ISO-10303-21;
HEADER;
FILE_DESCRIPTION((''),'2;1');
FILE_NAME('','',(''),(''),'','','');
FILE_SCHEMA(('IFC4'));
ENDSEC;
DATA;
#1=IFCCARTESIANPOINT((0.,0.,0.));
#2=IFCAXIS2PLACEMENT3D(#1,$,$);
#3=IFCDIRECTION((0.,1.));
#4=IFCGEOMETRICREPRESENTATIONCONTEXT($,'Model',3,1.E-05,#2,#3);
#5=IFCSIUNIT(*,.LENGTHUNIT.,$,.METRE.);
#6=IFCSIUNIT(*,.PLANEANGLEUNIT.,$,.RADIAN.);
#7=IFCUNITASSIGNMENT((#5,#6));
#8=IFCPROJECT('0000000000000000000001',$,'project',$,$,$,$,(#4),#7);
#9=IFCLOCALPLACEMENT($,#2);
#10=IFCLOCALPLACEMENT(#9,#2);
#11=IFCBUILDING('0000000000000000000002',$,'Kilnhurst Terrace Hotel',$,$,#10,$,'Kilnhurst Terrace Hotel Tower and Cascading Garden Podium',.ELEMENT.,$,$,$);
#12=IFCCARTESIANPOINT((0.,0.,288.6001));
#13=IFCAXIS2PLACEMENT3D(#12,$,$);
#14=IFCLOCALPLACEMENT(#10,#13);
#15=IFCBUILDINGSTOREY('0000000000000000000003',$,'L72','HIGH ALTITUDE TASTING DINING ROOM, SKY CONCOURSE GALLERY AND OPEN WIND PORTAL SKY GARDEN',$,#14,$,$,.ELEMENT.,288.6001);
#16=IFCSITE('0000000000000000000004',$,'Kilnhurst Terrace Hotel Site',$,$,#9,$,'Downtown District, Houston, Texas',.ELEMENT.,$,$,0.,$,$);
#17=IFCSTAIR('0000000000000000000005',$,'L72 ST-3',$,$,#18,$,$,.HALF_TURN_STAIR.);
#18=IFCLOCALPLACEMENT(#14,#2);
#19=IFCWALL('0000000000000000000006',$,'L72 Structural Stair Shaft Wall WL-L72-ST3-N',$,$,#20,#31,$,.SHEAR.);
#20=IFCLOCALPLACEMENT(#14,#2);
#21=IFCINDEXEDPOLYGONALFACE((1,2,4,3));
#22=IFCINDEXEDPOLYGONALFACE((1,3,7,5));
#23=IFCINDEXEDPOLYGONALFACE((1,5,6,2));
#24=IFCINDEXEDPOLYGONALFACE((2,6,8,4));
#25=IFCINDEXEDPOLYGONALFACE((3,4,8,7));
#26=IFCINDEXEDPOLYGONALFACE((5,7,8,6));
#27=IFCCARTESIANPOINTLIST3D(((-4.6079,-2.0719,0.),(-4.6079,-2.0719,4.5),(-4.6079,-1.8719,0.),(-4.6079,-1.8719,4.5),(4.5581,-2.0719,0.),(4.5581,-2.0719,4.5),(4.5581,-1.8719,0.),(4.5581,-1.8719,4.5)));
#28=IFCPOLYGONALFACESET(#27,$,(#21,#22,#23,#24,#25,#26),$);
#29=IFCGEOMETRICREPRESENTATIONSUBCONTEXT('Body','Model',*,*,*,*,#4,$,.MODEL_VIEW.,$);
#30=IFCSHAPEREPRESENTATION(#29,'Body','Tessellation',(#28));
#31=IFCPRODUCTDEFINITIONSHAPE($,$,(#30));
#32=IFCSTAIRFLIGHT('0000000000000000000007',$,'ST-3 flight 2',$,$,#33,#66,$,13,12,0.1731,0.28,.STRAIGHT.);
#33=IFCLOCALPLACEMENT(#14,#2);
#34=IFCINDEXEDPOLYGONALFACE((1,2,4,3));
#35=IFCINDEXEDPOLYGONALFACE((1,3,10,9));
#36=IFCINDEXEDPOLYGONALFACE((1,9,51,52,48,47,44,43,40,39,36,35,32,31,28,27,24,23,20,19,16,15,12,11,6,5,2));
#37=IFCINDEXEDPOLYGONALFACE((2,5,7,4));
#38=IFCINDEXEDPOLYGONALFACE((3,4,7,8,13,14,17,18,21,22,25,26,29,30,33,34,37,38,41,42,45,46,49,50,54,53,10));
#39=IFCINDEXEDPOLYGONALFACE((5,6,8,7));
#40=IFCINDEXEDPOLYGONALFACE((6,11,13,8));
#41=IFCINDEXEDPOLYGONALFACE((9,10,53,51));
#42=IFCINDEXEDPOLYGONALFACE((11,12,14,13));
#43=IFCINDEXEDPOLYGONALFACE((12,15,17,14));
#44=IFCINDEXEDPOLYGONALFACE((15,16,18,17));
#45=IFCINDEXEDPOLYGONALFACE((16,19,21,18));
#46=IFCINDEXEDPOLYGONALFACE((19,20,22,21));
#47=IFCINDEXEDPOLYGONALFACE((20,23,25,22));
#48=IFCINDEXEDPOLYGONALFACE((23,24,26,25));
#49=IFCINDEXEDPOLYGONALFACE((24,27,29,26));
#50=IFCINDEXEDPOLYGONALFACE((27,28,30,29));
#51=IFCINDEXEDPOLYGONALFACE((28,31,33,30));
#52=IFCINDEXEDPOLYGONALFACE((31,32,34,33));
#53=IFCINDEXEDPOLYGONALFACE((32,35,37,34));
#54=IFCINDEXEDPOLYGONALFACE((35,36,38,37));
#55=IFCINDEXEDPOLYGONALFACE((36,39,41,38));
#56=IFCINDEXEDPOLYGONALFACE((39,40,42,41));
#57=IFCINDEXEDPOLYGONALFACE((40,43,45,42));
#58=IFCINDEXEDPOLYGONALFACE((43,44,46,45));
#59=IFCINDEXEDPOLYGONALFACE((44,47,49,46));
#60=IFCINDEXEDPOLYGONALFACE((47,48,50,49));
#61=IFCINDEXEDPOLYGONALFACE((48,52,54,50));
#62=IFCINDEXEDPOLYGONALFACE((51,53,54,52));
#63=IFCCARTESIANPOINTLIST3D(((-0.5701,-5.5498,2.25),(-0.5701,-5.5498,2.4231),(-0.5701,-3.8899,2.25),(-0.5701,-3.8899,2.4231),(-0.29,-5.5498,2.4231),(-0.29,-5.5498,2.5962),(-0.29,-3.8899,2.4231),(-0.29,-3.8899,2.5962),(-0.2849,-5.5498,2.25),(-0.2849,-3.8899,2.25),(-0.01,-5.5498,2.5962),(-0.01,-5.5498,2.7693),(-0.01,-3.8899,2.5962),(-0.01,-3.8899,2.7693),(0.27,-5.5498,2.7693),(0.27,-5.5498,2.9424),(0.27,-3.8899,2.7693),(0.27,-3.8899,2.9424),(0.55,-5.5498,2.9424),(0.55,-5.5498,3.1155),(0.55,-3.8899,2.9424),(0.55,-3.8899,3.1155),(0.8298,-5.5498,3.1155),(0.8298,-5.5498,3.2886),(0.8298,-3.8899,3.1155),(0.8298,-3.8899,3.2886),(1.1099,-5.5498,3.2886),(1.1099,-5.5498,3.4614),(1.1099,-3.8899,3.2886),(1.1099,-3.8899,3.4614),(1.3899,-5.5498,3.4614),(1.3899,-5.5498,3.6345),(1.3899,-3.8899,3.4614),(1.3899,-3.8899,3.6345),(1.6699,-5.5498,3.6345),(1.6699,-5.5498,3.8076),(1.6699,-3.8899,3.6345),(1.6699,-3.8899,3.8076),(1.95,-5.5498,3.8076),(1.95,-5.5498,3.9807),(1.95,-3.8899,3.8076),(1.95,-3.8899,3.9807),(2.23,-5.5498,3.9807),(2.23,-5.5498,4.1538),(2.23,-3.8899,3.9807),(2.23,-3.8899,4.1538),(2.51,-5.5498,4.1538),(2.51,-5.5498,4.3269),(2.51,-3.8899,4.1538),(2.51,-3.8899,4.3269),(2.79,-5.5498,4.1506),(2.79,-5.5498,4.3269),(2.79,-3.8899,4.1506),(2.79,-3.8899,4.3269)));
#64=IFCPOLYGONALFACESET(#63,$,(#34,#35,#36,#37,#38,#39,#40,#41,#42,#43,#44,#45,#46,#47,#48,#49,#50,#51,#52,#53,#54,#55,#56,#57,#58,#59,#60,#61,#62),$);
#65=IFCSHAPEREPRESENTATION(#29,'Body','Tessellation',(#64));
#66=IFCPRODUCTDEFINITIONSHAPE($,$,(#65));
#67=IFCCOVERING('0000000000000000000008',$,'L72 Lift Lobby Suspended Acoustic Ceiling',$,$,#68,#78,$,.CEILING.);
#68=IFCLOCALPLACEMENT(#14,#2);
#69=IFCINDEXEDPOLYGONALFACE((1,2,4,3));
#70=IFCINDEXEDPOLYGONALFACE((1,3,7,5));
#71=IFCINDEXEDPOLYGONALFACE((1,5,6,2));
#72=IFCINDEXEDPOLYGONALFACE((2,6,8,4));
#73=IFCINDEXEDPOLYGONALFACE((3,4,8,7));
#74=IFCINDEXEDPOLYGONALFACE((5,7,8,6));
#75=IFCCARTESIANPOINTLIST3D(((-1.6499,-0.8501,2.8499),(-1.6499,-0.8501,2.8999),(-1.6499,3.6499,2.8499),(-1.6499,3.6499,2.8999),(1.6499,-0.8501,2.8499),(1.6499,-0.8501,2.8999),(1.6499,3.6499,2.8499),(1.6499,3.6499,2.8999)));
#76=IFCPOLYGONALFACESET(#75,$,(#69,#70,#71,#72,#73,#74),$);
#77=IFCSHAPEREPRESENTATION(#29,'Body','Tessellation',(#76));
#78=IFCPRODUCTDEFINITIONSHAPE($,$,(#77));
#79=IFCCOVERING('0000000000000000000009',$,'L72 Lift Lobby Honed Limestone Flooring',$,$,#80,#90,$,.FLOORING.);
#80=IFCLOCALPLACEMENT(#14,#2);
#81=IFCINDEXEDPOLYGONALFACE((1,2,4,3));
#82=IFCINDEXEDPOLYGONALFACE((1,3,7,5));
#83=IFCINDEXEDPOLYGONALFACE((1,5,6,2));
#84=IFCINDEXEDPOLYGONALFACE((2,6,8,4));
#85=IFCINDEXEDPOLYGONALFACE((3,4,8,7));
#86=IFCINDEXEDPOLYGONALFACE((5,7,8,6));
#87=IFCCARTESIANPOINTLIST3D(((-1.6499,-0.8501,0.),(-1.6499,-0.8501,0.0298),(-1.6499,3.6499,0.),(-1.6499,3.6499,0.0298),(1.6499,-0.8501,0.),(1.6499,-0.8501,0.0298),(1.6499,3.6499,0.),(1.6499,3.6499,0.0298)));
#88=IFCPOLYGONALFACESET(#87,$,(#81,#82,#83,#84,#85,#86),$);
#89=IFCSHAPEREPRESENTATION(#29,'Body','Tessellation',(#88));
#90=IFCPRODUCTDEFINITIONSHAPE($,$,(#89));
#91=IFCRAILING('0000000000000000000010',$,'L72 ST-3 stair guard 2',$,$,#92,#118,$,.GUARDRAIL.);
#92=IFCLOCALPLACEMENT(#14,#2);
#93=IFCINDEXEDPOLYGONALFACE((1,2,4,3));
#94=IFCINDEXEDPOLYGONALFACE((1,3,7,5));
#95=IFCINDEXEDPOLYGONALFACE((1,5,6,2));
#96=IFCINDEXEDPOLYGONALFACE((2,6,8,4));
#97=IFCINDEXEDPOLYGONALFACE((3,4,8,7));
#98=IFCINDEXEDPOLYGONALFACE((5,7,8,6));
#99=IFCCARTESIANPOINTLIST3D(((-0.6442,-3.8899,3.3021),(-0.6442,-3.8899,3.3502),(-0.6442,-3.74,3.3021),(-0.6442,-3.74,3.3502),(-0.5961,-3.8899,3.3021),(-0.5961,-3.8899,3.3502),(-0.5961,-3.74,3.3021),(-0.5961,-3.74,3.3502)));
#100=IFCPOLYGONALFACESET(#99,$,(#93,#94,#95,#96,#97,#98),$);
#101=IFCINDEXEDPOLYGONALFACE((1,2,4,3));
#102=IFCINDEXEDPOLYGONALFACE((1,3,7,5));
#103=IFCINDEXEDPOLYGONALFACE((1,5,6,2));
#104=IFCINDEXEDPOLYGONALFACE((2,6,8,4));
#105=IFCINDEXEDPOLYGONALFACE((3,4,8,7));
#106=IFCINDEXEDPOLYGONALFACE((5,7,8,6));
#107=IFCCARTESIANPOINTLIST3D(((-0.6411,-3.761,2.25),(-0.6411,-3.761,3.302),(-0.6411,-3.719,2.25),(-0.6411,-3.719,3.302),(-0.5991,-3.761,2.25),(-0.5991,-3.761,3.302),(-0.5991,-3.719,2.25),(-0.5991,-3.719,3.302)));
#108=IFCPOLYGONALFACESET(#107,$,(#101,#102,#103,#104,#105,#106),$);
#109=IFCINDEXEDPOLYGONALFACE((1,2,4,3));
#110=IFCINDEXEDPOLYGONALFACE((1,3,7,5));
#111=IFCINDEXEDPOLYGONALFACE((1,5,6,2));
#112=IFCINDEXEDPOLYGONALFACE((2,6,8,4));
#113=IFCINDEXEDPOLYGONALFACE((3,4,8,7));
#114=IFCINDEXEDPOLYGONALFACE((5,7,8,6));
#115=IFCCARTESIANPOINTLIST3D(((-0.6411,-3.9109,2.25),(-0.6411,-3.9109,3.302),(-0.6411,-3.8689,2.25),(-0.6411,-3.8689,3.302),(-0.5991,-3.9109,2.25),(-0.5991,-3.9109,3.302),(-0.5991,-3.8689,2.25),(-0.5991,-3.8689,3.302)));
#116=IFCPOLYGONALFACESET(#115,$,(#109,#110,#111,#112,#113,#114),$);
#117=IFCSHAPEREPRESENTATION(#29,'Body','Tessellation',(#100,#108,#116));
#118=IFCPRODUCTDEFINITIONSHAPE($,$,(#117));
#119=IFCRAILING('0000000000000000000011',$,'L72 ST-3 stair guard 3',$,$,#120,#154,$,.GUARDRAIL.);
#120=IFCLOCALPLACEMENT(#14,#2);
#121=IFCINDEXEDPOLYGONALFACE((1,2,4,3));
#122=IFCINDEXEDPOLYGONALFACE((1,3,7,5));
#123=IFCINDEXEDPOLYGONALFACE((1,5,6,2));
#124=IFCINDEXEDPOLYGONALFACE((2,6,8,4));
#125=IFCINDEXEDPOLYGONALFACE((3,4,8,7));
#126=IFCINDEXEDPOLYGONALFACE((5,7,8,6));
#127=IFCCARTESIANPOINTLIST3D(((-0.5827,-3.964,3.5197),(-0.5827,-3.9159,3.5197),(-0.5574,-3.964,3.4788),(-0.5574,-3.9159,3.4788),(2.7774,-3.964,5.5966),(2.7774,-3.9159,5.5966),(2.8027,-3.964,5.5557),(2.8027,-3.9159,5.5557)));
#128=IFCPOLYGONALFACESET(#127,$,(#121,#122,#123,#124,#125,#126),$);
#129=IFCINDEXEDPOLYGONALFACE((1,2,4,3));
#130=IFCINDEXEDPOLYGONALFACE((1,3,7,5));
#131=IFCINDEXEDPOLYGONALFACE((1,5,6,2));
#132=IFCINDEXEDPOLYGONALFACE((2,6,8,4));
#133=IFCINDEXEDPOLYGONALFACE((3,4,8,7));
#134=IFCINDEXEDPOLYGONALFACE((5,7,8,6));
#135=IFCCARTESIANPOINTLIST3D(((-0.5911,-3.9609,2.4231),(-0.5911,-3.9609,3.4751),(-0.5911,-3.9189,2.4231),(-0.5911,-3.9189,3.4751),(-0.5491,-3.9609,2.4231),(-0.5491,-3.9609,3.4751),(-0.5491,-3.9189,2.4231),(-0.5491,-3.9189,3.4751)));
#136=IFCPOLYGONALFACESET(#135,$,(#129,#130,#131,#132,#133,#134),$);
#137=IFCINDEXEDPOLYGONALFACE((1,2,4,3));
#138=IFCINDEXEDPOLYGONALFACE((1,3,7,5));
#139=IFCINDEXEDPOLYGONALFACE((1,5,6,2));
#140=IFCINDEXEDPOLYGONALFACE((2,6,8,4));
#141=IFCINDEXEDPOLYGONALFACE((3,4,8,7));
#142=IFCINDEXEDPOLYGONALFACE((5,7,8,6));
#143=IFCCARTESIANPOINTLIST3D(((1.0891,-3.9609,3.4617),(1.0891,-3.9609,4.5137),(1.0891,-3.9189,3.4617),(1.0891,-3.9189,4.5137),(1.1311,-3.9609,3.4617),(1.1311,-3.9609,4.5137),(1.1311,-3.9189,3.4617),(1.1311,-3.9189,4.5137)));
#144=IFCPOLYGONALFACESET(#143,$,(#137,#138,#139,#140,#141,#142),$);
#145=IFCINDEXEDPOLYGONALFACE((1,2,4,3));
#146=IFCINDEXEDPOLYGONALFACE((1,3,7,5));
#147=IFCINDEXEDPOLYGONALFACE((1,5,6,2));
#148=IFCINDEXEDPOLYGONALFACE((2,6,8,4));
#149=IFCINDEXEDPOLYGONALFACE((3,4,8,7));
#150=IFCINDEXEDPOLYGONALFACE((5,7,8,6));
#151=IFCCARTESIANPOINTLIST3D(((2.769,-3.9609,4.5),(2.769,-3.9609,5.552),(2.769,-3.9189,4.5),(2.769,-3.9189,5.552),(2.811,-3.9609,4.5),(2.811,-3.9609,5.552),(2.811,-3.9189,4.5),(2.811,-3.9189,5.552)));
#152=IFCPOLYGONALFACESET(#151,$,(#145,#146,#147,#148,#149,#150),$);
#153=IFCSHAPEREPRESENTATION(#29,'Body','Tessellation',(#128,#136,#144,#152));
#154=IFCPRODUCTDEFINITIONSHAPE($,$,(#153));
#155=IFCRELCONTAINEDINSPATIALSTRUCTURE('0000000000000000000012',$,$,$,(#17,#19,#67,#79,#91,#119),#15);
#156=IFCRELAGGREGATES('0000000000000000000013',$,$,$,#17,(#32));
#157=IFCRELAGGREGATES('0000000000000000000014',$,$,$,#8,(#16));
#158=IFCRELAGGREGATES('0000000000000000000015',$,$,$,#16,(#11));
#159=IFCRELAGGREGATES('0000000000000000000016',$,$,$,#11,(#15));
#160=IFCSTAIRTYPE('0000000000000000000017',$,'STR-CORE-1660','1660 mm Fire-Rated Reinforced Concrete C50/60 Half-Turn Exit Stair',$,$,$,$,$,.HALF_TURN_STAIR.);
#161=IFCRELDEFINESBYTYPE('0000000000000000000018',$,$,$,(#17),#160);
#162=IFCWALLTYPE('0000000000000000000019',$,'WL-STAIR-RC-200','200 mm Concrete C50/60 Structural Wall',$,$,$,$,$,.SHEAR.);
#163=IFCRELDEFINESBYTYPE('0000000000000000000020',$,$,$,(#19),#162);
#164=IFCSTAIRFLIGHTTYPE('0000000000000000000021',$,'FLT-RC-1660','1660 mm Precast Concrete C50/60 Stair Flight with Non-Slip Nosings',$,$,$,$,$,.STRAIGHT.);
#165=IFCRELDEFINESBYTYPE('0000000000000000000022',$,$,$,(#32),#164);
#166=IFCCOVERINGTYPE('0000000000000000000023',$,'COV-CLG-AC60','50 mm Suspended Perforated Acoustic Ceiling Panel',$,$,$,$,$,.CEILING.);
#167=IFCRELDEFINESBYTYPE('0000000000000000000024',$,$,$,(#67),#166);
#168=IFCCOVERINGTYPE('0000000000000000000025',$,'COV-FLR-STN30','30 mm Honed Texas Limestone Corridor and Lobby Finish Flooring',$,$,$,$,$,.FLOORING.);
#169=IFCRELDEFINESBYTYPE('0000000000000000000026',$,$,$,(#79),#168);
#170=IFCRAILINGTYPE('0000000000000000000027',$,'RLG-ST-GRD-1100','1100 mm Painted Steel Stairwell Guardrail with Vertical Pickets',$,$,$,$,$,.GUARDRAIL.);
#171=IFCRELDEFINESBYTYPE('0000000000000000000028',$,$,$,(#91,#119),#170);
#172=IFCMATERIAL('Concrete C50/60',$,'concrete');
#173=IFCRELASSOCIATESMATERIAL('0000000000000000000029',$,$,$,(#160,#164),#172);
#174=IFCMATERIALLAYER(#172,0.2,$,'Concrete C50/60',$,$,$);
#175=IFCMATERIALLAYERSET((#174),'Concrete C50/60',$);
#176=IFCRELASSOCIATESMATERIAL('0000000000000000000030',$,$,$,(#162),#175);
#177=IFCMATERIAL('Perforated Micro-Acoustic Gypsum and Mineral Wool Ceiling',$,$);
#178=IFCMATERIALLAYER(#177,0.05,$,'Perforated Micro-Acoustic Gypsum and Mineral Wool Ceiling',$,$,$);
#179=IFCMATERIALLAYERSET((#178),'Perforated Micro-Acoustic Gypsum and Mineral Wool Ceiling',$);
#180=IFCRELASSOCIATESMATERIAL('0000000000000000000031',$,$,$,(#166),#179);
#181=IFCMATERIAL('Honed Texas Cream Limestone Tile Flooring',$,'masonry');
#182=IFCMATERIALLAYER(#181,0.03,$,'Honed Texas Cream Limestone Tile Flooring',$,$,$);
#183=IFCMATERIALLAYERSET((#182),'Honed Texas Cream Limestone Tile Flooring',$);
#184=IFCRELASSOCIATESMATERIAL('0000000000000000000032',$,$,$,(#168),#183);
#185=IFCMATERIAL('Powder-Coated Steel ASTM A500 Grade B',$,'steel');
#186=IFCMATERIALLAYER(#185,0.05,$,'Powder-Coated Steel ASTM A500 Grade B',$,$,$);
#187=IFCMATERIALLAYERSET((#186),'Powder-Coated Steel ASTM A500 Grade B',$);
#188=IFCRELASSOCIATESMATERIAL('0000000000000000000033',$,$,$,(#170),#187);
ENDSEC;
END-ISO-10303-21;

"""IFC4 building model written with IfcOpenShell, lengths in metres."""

from ifc_helpers import new_model, si_unit, direction, frame, frame_2d, origin, origin_2d, place, context, subcontext, project, spatial, polyline, rectangle, outline, extrude, material, layer, layer_set, type_object, element, aggregate, save


model = new_model("IFC4")

# Units and contexts
model_context = context("Model", 3, precision=1e-05, world=origin(), true_north=direction((0.0, 1.0)))
body_context = subcontext(model_context, "Body", "Model", "MODEL_VIEW")
ifc_project = project(units=[si_unit("LENGTHUNIT", "METRE"), si_unit("PLANEANGLEUNIT", "RADIAN")], contexts=[model_context])

# Site, building, storey
site_placement = place(None, origin())
site = spatial("IfcSite", under=ifc_project, at=site_placement, Name="Kilnhurst Terrace Hotel Site", LongName="Downtown District, Houston, Texas", CompositionType="ELEMENT", RefElevation=0.0)
building_placement = place(site_placement, origin())
building = spatial("IfcBuilding", under=site, at=building_placement, Name="Kilnhurst Terrace Hotel", LongName="Kilnhurst Terrace Hotel Tower and Cascading Garden Podium", CompositionType="ELEMENT")
storey_placement = place(building_placement, frame((0.0, 0.0, 288.6001)))
storey = spatial("IfcBuildingStorey", under=building, at=storey_placement, Name="L72", Description="HIGH ALTITUDE TASTING DINING ROOM, SKY CONCOURSE GALLERY AND OPEN WIND PORTAL SKY GARDEN", CompositionType="ELEMENT", Elevation=288.6001)

# Shared definitions
ifc_material_1 = material(Name="Concrete C50/60", Category="concrete")

# Stair
stair_type = type_object("IfcStairType", Name="STR-CORE-1660", Description="1660 mm Fire-Rated Reinforced Concrete C50/60 Half-Turn Exit Stair", PredefinedType="HALF_TURN_STAIR", material=ifc_material_1)
stair_1_placement = place(storey_placement, origin())
stair_1 = element("IfcStair", 1, at=stair_1_placement, inside=storey, type_object=stair_type, Name="L72 ST-3", PredefinedType="HALF_TURN_STAIR")

# Wall
ifc_layer_1 = layer(ifc_material_1, 0.2, Name="Concrete C50/60")
ifc_layer_set_1 = layer_set([ifc_layer_1], Name="Concrete C50/60")
wall_type_1 = type_object("IfcWallType", Name="WL-STAIR-RC-200", Description="200 mm Concrete C50/60 Structural Wall", PredefinedType="SHEAR", material=ifc_layer_set_1)
wall_1_placement = place(storey_placement, frame((-4.6079, -1.9719, 0.0), z_axis=(0.0, 0.0, 1.0), x_axis=(1.0, 0.0, 0.0)))
element("IfcWall", 2, at=wall_1_placement, inside=storey, type_object=wall_type_1, Name="L72 Structural Stair Shaft Wall WL-L72-ST3-N", PredefinedType="SHEAR", context=body_context, shape_type="SweptSolid", body=[
    extrude(rectangle(XDim=9.166, YDim=0.2, at=frame_2d((4.583, 0.0))), origin(), (0.0, 0.0, 1.0), 4.5),
])

# Stair flight
stair_flight_type = type_object("IfcStairFlightType", Name="FLT-RC-1660", Description="1660 mm Precast Concrete C50/60 Stair Flight with Non-Slip Nosings", PredefinedType="STRAIGHT", material=ifc_material_1)
stair_flight_placement = place(storey_placement, frame((-0.5701, -4.72, 2.25), z_axis=(0.0, 0.0, 1.0), x_axis=(1.0, 0.0, 0.0)))
stair_flight = element("IfcStairFlight", 3, at=stair_flight_placement, type_object=stair_flight_type, Name="ST-3 flight 2", NumberOfRisers=13, NumberOfTreads=12, PredefinedType="STRAIGHT", RiserHeight=0.1731, TreadLength=0.28, context=body_context, shape_type="SweptSolid", body=[
    extrude(outline(polyline([(0.0, 0.0), (0.0, 0.1731), (0.28, 0.1731), (0.28, 0.3462), (0.5601, 0.3462), (0.5601, 0.5193), (0.8401, 0.5193), (0.8401, 0.6924), (1.1201, 0.6924), (1.1201, 0.8655), (1.3999, 0.8655), (1.3999, 1.0386), (1.6799, 1.0386), (1.6799, 1.2114), (1.96, 1.2114), (1.96, 1.3845), (2.24, 1.3845), (2.24, 1.5576), (2.52, 1.5576), (2.52, 1.7307), (2.8, 1.7307), (2.8, 1.9038), (3.0801, 1.9038), (3.0801, 2.0769), (3.3601, 2.0769), (3.3601, 2.25), (3.3601, 1.9006), (0.2852, 0.0), (0.0, 0.0)])), frame((0.0, 0.8301, 0.0), z_axis=(0.0, -1.0, 0.0), x_axis=(1.0, 0.0, 0.0)), (0.0, 0.0, 1.0), 1.6599),
])
aggregate(stair_1, [stair_flight])

# Coverings
ifc_material_2 = material(Name="Perforated Micro-Acoustic Gypsum and Mineral Wool Ceiling")
ifc_layer_2 = layer(ifc_material_2, 0.05, Name="Perforated Micro-Acoustic Gypsum and Mineral Wool Ceiling")
ifc_layer_set_2 = layer_set([ifc_layer_2], Name="Perforated Micro-Acoustic Gypsum and Mineral Wool Ceiling")
covering_type_1 = type_object("IfcCoveringType", Name="COV-CLG-AC60", Description="50 mm Suspended Perforated Acoustic Ceiling Panel", PredefinedType="CEILING", material=ifc_layer_set_2)
covering_1_placement = place(storey_placement, frame((0.0, 0.0, 2.8499)))
element("IfcCovering", 4, at=covering_1_placement, inside=storey, type_object=covering_type_1, Name="L72 Lift Lobby Suspended Acoustic Ceiling", PredefinedType="CEILING", context=body_context, shape_type="SweptSolid", body=[
    extrude(outline(polyline([(-1.6499, -0.8501), (1.6499, -0.8501), (1.6499, 3.6499), (-1.6499, 3.6499), (-1.6499, -0.8501)])), origin(), (0.0, 0.0, 1.0), 0.05),
])
ifc_material_3 = material(Name="Honed Texas Cream Limestone Tile Flooring", Category="masonry")
ifc_layer_3 = layer(ifc_material_3, 0.03, Name="Honed Texas Cream Limestone Tile Flooring")
ifc_layer_set_3 = layer_set([ifc_layer_3], Name="Honed Texas Cream Limestone Tile Flooring")
covering_type_2 = type_object("IfcCoveringType", Name="COV-FLR-STN30", Description="30 mm Honed Texas Limestone Corridor and Lobby Finish Flooring", PredefinedType="FLOORING", material=ifc_layer_set_3)
covering_2_placement = place(storey_placement, origin())
element("IfcCovering", 5, at=covering_2_placement, inside=storey, type_object=covering_type_2, Name="L72 Lift Lobby Honed Limestone Flooring", PredefinedType="FLOORING", context=body_context, shape_type="SweptSolid", body=[
    extrude(outline(polyline([(-1.6499, -0.8501), (1.6499, -0.8501), (1.6499, 3.6499), (-1.6499, 3.6499), (-1.6499, -0.8501)])), origin(), (0.0, 0.0, 1.0), 0.0298),
])

# Railings
ifc_material_4 = material(Name="Powder-Coated Steel ASTM A500 Grade B", Category="steel")
ifc_layer_4 = layer(ifc_material_4, 0.05, Name="Powder-Coated Steel ASTM A500 Grade B")
ifc_layer_set_4 = layer_set([ifc_layer_4], Name="Powder-Coated Steel ASTM A500 Grade B")
railing_type = type_object("IfcRailingType", Name="RLG-ST-GRD-1100", Description="1100 mm Painted Steel Stairwell Guardrail with Vertical Pickets", PredefinedType="GUARDRAIL", material=ifc_layer_set_4)
railing_1_placement = place(storey_placement, frame((-0.6201, -3.74, 2.25)))
element("IfcRailing", 6, at=railing_1_placement, inside=storey, type_object=railing_type, Name="L72 ST-3 stair guard 2", PredefinedType="GUARDRAIL", context=body_context, shape_type="SweptSolid", body=[
    extrude(rectangle(XDim=0.0481, YDim=0.0481, at=origin_2d()), frame((0.0, 0.0, 1.0762), z_axis=(0.0, -1.0, 0.0), x_axis=(1.0, 0.0, 0.0)), (0.0, 0.0, 1.0), 0.1499),
    extrude(rectangle(XDim=0.042, YDim=0.042, at=origin_2d()), origin(), (0.0, 0.0, 1.0), 1.052),
    extrude(rectangle(XDim=0.042, YDim=0.042, at=origin_2d()), frame((0.0, -0.1499, 0.0)), (0.0, 0.0, 1.0), 1.052),
])
railing_2_placement = place(storey_placement, frame((-0.5701, -3.9399, 2.4231)))
element("IfcRailing", 7, at=railing_2_placement, inside=storey, type_object=railing_type, Name="L72 ST-3 stair guard 3", PredefinedType="GUARDRAIL", context=body_context, shape_type="SweptSolid", body=[
    extrude(rectangle(XDim=0.0481, YDim=0.0481, at=origin_2d()), frame((0.0, 0.0, 1.0762), z_axis=(0.850623, 0.0, 0.525776), x_axis=(0.0, 1.0, 0.0)), (0.0, 0.0, 1.0), 3.9502),
    extrude(rectangle(XDim=0.042, YDim=0.042, at=origin_2d()), origin(), (0.0, 0.0, 1.0), 1.052),
    extrude(rectangle(XDim=0.042, YDim=0.042, at=origin_2d()), frame((1.6802, 0.0, 1.0386)), (0.0, 0.0, 1.0), 1.052),
    extrude(rectangle(XDim=0.042, YDim=0.042, at=origin_2d()), frame((3.3601, 0.0, 2.0769)), (0.0, 0.0, 1.0), 1.052),
])

save(model, "model.ifc")
